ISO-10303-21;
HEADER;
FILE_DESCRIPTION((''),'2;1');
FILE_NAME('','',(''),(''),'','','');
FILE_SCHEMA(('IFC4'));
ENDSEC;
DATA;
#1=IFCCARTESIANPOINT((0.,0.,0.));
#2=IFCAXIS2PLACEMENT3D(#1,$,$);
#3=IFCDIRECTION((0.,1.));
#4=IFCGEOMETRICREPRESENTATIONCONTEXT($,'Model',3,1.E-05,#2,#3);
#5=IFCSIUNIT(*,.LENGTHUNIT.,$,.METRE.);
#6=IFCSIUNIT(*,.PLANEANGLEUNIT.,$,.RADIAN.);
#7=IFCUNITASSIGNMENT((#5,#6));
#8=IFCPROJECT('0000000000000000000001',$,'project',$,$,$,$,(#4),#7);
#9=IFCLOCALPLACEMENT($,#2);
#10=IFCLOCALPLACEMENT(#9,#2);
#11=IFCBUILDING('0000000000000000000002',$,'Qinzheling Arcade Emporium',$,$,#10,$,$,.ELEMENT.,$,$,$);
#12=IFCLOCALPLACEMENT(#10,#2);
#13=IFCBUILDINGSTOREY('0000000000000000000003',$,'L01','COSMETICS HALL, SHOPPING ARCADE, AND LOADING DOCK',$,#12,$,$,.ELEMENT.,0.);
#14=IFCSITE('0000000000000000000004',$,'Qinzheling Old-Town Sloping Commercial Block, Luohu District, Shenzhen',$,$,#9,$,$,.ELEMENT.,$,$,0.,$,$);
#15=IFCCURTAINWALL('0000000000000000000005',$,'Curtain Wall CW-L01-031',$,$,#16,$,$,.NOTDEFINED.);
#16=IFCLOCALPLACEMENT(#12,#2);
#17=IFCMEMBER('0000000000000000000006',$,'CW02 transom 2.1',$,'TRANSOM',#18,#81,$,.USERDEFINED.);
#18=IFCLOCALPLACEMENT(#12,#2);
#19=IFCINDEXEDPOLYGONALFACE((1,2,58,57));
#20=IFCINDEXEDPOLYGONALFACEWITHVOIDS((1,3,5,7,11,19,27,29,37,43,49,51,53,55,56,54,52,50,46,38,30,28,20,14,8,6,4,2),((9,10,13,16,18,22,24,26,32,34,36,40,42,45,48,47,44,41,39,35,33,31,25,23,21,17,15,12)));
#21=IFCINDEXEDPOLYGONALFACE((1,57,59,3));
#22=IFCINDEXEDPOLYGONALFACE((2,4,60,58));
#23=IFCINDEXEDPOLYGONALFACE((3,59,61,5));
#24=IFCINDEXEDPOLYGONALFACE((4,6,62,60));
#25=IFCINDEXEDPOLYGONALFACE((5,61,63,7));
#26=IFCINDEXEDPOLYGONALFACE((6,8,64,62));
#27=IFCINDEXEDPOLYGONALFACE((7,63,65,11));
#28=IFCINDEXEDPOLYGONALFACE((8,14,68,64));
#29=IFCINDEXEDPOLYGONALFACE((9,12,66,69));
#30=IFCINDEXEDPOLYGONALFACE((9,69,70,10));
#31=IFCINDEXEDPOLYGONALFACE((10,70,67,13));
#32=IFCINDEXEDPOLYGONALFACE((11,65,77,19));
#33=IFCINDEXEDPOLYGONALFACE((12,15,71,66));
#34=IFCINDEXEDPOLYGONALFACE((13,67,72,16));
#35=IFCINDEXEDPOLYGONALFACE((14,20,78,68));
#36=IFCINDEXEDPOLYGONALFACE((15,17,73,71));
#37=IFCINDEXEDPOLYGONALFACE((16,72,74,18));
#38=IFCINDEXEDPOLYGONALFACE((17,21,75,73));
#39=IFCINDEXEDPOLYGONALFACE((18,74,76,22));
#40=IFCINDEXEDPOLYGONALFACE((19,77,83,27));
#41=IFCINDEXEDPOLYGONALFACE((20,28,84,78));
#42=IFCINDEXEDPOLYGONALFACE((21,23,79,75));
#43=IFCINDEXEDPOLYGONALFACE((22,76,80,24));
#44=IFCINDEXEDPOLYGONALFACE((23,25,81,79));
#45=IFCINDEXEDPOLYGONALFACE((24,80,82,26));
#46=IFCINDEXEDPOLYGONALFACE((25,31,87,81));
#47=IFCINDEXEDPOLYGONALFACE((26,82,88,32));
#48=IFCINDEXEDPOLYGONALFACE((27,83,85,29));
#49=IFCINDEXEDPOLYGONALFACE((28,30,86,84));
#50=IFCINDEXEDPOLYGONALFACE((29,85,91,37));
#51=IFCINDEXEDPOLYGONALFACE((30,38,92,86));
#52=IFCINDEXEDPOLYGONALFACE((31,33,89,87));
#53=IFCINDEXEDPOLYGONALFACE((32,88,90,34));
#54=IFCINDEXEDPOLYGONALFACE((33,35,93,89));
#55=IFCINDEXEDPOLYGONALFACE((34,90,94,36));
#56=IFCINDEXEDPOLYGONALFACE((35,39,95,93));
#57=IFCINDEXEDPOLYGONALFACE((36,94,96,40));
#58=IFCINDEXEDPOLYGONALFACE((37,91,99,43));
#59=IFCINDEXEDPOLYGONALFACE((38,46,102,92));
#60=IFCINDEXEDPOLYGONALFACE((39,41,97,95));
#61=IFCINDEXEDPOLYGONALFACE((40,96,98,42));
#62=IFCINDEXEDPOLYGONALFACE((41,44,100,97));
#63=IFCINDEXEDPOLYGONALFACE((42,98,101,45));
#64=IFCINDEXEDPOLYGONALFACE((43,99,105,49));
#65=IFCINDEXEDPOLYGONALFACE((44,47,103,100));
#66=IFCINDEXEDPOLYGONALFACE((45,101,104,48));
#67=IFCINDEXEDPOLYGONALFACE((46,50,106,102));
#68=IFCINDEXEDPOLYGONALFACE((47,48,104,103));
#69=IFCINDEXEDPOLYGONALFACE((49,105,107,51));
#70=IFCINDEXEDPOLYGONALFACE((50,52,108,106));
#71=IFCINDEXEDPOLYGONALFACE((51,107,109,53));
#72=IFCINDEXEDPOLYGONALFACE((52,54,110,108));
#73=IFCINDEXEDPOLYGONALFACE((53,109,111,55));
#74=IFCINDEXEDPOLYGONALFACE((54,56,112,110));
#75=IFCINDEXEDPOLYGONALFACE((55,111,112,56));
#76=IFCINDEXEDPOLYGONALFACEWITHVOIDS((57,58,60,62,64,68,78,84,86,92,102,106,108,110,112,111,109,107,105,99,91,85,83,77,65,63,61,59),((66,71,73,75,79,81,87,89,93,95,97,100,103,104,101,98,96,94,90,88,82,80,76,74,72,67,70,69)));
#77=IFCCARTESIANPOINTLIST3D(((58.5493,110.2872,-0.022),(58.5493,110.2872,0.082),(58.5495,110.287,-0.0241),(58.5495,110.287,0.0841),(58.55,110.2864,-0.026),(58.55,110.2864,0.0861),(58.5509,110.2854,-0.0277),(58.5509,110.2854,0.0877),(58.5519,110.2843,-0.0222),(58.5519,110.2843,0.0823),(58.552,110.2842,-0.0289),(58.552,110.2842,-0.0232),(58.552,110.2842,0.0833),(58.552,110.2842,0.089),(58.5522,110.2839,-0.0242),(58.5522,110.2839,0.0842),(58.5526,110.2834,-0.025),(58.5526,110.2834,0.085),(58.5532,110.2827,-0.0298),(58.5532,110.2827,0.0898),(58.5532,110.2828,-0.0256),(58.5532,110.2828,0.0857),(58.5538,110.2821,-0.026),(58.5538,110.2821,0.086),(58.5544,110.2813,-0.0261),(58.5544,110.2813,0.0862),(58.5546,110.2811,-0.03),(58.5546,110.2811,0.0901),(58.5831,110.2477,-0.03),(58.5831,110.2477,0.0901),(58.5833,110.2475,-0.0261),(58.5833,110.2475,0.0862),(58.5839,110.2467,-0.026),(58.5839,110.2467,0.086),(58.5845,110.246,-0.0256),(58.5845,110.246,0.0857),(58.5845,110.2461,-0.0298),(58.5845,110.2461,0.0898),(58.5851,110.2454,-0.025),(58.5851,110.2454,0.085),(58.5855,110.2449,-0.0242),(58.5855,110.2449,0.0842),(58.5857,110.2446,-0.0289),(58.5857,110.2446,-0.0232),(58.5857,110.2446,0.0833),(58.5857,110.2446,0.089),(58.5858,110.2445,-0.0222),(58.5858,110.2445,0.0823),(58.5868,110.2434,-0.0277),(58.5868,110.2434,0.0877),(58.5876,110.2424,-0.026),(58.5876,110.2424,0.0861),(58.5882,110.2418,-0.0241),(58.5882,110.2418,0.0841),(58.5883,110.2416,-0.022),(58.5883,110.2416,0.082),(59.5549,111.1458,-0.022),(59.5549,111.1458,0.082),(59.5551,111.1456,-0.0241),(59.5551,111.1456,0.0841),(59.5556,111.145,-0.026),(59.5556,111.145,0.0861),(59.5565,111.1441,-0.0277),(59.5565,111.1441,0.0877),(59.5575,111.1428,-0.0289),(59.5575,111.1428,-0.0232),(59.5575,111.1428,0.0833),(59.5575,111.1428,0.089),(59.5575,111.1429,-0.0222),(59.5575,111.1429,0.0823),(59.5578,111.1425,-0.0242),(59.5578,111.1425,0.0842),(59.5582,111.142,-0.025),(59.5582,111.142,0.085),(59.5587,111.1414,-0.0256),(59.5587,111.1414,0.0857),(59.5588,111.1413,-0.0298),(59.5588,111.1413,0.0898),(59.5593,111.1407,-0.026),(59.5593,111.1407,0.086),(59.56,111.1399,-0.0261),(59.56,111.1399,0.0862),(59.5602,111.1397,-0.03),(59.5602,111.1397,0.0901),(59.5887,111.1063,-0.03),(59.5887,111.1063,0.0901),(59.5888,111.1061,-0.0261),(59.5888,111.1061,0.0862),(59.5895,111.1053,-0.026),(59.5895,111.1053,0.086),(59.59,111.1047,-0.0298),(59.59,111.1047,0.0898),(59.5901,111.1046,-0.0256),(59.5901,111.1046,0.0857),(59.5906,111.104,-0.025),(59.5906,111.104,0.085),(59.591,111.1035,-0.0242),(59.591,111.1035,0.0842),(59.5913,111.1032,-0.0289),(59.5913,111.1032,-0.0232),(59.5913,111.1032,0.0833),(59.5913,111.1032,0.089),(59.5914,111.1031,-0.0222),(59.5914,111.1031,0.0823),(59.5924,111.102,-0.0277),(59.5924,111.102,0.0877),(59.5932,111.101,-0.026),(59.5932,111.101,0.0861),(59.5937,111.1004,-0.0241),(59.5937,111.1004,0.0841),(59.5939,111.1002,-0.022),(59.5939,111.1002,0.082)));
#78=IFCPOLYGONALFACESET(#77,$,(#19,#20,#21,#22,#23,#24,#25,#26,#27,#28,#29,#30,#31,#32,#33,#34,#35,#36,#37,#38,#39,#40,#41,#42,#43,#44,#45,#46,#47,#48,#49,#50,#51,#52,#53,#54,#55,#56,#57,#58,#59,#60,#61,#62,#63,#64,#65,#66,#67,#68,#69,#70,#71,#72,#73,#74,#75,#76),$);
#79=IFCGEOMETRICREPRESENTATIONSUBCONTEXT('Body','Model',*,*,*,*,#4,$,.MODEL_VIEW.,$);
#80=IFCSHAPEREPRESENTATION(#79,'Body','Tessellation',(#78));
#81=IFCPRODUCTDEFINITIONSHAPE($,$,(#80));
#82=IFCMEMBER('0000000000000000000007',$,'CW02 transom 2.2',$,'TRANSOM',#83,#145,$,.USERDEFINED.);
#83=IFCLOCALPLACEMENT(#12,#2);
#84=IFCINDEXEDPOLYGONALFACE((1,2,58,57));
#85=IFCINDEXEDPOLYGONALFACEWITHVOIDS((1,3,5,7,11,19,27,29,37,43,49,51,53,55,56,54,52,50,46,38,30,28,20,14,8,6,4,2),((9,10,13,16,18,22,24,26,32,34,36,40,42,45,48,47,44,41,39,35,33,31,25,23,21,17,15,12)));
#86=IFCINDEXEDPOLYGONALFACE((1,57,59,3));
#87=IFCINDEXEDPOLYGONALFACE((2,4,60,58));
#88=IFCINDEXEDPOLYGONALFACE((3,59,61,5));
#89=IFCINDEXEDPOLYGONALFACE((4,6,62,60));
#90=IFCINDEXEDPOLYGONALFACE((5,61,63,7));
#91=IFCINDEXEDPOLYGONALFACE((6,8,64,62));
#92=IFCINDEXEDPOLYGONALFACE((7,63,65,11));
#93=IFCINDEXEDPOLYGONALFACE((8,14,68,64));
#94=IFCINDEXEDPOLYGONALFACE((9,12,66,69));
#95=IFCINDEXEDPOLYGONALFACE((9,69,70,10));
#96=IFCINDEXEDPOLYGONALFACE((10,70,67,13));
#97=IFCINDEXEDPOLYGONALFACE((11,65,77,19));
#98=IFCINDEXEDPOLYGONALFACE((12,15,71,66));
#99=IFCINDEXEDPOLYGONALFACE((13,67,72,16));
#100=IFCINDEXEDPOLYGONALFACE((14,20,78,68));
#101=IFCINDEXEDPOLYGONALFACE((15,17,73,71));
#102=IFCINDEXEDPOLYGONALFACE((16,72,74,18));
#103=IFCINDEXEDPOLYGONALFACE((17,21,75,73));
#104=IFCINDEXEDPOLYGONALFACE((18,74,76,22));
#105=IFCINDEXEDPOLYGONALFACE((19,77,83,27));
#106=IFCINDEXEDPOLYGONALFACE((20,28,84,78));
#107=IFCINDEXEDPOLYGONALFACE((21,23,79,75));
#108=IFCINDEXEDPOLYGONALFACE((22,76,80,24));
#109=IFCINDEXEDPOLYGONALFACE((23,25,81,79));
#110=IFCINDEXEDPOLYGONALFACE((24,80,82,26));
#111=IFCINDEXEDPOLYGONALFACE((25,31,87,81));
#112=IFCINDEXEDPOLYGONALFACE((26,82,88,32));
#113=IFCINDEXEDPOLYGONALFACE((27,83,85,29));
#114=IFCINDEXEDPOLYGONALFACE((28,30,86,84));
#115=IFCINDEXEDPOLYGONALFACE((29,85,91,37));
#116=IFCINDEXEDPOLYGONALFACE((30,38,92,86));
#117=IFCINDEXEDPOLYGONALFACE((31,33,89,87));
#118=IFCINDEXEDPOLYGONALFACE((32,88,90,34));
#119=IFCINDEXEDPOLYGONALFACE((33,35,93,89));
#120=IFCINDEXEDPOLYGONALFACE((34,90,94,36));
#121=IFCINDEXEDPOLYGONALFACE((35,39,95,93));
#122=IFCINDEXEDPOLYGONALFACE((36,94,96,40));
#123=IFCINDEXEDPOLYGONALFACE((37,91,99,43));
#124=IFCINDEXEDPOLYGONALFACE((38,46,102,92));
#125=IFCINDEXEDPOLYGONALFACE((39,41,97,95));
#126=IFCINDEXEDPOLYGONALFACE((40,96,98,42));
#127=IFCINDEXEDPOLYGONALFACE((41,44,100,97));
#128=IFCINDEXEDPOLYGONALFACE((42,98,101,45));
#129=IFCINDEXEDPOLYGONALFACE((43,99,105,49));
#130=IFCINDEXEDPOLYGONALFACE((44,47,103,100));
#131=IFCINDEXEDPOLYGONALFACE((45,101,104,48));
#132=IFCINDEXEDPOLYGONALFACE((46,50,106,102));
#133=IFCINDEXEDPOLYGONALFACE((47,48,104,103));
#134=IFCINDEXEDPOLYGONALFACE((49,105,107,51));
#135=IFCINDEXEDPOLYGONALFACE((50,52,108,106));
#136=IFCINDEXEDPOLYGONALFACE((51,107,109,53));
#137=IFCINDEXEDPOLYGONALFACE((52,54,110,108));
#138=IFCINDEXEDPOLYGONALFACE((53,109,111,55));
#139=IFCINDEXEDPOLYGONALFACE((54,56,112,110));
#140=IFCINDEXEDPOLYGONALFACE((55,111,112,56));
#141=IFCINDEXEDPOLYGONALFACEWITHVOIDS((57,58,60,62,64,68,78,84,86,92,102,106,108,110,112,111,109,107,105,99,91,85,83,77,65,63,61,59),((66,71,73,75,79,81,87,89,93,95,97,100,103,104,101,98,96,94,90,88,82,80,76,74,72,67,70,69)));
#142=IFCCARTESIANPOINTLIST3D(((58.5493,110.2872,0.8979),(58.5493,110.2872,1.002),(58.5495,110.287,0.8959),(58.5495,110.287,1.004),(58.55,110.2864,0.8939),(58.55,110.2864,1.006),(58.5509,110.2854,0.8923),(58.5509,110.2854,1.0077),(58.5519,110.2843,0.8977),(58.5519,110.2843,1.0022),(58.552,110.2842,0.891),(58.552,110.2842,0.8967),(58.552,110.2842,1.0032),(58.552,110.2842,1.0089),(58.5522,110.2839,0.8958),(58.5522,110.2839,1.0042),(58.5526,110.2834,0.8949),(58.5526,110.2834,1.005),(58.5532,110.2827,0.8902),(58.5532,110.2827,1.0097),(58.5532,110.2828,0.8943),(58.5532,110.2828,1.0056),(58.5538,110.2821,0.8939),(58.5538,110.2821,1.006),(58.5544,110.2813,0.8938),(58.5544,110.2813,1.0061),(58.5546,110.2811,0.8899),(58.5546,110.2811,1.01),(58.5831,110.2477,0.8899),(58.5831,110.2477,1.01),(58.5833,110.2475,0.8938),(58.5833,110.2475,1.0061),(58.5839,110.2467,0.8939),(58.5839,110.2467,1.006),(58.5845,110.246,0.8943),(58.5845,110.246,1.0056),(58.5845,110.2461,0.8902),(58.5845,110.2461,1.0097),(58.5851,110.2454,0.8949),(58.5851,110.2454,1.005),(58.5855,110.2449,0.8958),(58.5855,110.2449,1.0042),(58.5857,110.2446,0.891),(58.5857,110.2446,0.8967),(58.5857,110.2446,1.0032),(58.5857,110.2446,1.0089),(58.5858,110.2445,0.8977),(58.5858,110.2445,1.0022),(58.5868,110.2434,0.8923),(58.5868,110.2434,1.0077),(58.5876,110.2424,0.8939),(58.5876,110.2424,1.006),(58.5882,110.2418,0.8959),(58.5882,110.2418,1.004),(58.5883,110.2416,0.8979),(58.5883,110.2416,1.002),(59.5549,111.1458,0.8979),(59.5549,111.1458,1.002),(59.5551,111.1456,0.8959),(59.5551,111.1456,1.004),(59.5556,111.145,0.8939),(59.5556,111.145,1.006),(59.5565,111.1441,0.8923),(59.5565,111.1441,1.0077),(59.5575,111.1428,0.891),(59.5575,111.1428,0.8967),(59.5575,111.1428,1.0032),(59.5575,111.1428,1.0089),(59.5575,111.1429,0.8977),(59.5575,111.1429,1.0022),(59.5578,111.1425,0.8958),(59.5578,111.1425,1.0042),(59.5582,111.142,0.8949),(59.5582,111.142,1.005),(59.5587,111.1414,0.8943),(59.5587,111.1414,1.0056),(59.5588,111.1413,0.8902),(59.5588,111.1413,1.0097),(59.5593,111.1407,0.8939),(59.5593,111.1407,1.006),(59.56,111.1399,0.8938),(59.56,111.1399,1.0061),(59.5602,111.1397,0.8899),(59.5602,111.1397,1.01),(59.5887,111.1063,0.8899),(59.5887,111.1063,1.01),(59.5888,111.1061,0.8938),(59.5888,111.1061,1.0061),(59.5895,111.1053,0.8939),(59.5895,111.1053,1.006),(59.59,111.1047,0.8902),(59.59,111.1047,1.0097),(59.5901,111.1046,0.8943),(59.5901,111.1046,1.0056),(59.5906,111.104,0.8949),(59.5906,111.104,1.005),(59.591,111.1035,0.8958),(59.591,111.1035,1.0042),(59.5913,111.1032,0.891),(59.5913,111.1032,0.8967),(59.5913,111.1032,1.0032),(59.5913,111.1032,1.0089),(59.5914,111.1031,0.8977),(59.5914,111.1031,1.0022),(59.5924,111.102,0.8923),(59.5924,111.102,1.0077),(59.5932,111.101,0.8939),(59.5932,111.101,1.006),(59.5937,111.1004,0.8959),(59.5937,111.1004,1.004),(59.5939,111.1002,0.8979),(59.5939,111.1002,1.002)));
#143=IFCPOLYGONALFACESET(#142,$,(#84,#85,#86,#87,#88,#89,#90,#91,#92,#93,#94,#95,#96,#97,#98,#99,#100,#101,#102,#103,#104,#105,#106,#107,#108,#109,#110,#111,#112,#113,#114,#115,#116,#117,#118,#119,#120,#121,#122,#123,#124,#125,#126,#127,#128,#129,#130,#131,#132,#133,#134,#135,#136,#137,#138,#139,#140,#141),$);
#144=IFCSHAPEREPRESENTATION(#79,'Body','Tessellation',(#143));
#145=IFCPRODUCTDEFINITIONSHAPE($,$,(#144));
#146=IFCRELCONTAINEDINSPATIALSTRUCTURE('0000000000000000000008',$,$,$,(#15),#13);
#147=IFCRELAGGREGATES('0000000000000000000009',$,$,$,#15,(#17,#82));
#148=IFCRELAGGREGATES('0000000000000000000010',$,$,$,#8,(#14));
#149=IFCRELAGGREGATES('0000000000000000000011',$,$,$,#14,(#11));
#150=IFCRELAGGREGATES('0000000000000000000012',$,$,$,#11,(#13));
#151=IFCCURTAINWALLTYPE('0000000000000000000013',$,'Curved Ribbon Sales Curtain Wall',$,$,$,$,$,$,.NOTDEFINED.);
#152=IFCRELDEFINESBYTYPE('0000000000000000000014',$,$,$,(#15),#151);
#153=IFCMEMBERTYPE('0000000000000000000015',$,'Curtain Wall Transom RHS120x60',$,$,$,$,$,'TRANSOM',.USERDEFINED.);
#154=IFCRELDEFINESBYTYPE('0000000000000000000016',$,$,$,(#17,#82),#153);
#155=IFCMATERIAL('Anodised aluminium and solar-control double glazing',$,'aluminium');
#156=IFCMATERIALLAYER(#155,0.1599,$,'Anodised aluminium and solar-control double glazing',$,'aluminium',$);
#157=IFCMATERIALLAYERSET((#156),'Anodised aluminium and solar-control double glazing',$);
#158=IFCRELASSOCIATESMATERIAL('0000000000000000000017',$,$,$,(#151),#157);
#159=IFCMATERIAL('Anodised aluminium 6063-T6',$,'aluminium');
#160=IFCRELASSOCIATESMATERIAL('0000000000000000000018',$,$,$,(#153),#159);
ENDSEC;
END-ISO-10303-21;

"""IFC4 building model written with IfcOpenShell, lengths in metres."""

from ifc_helpers import new_model, si_unit, direction, frame, origin, origin_2d, place, context, subcontext, project, spatial, hollow_rectangle, extrude, material, layer, layer_set, material_profile, profile_set, type_object, element, aggregate, save


model = new_model("IFC4")

# Units and contexts
model_context = context("Model", 3, precision=1e-05, world=origin(), true_north=direction((0.0, 1.0)))
body_context = subcontext(model_context, "Body", "Model", "MODEL_VIEW")
ifc_project = project(units=[si_unit("LENGTHUNIT", "METRE"), si_unit("PLANEANGLEUNIT", "RADIAN")], contexts=[model_context])

# Site, building, storey
site_placement = place(None, origin())
site = spatial("IfcSite", under=ifc_project, at=site_placement, Name="Qinzheling Old-Town Sloping Commercial Block, Luohu District, Shenzhen", CompositionType="ELEMENT", RefElevation=0.0)
building_placement = place(site_placement, origin())
building = spatial("IfcBuilding", under=site, at=building_placement, Name="Qinzheling Arcade Emporium", CompositionType="ELEMENT")
storey_placement = place(building_placement, origin())
storey = spatial("IfcBuildingStorey", under=building, at=storey_placement, Name="L01", Description="COSMETICS HALL, SHOPPING ARCADE, AND LOADING DOCK", CompositionType="ELEMENT", Elevation=0.0)

# Shared definitions
ifc_material_1 = material(Name="Anodised aluminium and solar-control double glazing", Category="aluminium")
ifc_layer_1 = layer(ifc_material_1, 0.1599, Name="Anodised aluminium and solar-control double glazing", Category="aluminium")
ifc_layer_set_1 = layer_set([ifc_layer_1], Name="Anodised aluminium and solar-control double glazing")
curtain_wall_type = type_object("IfcCurtainWallType", Name="Curved Ribbon Sales Curtain Wall", PredefinedType="NOTDEFINED", material=ifc_layer_set_1)
ifc_material_2 = material(Name="Anodised aluminium 6063-T6", Category="aluminium")

# Curtain wall
curtain_wall_1_placement = place(storey_placement, origin())
curtain_wall_1 = element("IfcCurtainWall", 1, at=curtain_wall_1_placement, inside=storey, type_object=curtain_wall_type, Name="Curtain Wall CW-L01-031", PredefinedType="NOTDEFINED")

# Members
ifc_material_profile_1 = material_profile(ifc_material_2, hollow_rectangle(XDim=0.0601, YDim=0.1201, WallThickness=0.0039, InnerFilletRadius=0.0039, OuterFilletRadius=0.0081, at=origin_2d()), Name="RHS 120x60x4", Category="aluminium")
ifc_profile_set_1 = profile_set([ifc_material_profile_1], Name="Anodised aluminium 6063-T6")
member_type_1 = type_object("IfcMemberType", Name="Curtain Wall Transom RHS120x60", ElementType="TRANSOM", PredefinedType="USERDEFINED", material=ifc_profile_set_1)
member_1_placement = place(storey_placement, frame((58.5688, 110.2644, 0.03), z_axis=(0.760493, 0.649346, 0.0), x_axis=(-0.649346, 0.760493, 0.0)))
member_1 = element("IfcMember", 2, at=member_1_placement, type_object=member_type_1, Name="CW02 transom 2.1", ObjectType="TRANSOM", PredefinedType="USERDEFINED", context=body_context, shape_type="SweptSolid", body=[
    extrude(hollow_rectangle(XDim=0.0601, YDim=0.1201, WallThickness=0.0039, InnerFilletRadius=0.0039, OuterFilletRadius=0.0081, at=origin_2d()), origin(), (0.0, 0.0, 1.0), 1.3223),
])
member_2_placement = place(storey_placement, frame((58.5688, 110.2644, 0.95), z_axis=(0.760493, 0.649346, 0.0), x_axis=(-0.649346, 0.760493, 0.0)))
member_2 = element("IfcMember", 3, at=member_2_placement, type_object=member_type_1, Name="CW02 transom 2.2", ObjectType="TRANSOM", PredefinedType="USERDEFINED", context=body_context, shape_type="SweptSolid", body=[
    extrude(hollow_rectangle(XDim=0.0601, YDim=0.1201, WallThickness=0.0039, InnerFilletRadius=0.0039, OuterFilletRadius=0.0081, at=origin_2d()), origin(), (0.0, 0.0, 1.0), 1.3223),
])

aggregate(curtain_wall_1, [member_1, member_2])

save(model, "model.ifc")
